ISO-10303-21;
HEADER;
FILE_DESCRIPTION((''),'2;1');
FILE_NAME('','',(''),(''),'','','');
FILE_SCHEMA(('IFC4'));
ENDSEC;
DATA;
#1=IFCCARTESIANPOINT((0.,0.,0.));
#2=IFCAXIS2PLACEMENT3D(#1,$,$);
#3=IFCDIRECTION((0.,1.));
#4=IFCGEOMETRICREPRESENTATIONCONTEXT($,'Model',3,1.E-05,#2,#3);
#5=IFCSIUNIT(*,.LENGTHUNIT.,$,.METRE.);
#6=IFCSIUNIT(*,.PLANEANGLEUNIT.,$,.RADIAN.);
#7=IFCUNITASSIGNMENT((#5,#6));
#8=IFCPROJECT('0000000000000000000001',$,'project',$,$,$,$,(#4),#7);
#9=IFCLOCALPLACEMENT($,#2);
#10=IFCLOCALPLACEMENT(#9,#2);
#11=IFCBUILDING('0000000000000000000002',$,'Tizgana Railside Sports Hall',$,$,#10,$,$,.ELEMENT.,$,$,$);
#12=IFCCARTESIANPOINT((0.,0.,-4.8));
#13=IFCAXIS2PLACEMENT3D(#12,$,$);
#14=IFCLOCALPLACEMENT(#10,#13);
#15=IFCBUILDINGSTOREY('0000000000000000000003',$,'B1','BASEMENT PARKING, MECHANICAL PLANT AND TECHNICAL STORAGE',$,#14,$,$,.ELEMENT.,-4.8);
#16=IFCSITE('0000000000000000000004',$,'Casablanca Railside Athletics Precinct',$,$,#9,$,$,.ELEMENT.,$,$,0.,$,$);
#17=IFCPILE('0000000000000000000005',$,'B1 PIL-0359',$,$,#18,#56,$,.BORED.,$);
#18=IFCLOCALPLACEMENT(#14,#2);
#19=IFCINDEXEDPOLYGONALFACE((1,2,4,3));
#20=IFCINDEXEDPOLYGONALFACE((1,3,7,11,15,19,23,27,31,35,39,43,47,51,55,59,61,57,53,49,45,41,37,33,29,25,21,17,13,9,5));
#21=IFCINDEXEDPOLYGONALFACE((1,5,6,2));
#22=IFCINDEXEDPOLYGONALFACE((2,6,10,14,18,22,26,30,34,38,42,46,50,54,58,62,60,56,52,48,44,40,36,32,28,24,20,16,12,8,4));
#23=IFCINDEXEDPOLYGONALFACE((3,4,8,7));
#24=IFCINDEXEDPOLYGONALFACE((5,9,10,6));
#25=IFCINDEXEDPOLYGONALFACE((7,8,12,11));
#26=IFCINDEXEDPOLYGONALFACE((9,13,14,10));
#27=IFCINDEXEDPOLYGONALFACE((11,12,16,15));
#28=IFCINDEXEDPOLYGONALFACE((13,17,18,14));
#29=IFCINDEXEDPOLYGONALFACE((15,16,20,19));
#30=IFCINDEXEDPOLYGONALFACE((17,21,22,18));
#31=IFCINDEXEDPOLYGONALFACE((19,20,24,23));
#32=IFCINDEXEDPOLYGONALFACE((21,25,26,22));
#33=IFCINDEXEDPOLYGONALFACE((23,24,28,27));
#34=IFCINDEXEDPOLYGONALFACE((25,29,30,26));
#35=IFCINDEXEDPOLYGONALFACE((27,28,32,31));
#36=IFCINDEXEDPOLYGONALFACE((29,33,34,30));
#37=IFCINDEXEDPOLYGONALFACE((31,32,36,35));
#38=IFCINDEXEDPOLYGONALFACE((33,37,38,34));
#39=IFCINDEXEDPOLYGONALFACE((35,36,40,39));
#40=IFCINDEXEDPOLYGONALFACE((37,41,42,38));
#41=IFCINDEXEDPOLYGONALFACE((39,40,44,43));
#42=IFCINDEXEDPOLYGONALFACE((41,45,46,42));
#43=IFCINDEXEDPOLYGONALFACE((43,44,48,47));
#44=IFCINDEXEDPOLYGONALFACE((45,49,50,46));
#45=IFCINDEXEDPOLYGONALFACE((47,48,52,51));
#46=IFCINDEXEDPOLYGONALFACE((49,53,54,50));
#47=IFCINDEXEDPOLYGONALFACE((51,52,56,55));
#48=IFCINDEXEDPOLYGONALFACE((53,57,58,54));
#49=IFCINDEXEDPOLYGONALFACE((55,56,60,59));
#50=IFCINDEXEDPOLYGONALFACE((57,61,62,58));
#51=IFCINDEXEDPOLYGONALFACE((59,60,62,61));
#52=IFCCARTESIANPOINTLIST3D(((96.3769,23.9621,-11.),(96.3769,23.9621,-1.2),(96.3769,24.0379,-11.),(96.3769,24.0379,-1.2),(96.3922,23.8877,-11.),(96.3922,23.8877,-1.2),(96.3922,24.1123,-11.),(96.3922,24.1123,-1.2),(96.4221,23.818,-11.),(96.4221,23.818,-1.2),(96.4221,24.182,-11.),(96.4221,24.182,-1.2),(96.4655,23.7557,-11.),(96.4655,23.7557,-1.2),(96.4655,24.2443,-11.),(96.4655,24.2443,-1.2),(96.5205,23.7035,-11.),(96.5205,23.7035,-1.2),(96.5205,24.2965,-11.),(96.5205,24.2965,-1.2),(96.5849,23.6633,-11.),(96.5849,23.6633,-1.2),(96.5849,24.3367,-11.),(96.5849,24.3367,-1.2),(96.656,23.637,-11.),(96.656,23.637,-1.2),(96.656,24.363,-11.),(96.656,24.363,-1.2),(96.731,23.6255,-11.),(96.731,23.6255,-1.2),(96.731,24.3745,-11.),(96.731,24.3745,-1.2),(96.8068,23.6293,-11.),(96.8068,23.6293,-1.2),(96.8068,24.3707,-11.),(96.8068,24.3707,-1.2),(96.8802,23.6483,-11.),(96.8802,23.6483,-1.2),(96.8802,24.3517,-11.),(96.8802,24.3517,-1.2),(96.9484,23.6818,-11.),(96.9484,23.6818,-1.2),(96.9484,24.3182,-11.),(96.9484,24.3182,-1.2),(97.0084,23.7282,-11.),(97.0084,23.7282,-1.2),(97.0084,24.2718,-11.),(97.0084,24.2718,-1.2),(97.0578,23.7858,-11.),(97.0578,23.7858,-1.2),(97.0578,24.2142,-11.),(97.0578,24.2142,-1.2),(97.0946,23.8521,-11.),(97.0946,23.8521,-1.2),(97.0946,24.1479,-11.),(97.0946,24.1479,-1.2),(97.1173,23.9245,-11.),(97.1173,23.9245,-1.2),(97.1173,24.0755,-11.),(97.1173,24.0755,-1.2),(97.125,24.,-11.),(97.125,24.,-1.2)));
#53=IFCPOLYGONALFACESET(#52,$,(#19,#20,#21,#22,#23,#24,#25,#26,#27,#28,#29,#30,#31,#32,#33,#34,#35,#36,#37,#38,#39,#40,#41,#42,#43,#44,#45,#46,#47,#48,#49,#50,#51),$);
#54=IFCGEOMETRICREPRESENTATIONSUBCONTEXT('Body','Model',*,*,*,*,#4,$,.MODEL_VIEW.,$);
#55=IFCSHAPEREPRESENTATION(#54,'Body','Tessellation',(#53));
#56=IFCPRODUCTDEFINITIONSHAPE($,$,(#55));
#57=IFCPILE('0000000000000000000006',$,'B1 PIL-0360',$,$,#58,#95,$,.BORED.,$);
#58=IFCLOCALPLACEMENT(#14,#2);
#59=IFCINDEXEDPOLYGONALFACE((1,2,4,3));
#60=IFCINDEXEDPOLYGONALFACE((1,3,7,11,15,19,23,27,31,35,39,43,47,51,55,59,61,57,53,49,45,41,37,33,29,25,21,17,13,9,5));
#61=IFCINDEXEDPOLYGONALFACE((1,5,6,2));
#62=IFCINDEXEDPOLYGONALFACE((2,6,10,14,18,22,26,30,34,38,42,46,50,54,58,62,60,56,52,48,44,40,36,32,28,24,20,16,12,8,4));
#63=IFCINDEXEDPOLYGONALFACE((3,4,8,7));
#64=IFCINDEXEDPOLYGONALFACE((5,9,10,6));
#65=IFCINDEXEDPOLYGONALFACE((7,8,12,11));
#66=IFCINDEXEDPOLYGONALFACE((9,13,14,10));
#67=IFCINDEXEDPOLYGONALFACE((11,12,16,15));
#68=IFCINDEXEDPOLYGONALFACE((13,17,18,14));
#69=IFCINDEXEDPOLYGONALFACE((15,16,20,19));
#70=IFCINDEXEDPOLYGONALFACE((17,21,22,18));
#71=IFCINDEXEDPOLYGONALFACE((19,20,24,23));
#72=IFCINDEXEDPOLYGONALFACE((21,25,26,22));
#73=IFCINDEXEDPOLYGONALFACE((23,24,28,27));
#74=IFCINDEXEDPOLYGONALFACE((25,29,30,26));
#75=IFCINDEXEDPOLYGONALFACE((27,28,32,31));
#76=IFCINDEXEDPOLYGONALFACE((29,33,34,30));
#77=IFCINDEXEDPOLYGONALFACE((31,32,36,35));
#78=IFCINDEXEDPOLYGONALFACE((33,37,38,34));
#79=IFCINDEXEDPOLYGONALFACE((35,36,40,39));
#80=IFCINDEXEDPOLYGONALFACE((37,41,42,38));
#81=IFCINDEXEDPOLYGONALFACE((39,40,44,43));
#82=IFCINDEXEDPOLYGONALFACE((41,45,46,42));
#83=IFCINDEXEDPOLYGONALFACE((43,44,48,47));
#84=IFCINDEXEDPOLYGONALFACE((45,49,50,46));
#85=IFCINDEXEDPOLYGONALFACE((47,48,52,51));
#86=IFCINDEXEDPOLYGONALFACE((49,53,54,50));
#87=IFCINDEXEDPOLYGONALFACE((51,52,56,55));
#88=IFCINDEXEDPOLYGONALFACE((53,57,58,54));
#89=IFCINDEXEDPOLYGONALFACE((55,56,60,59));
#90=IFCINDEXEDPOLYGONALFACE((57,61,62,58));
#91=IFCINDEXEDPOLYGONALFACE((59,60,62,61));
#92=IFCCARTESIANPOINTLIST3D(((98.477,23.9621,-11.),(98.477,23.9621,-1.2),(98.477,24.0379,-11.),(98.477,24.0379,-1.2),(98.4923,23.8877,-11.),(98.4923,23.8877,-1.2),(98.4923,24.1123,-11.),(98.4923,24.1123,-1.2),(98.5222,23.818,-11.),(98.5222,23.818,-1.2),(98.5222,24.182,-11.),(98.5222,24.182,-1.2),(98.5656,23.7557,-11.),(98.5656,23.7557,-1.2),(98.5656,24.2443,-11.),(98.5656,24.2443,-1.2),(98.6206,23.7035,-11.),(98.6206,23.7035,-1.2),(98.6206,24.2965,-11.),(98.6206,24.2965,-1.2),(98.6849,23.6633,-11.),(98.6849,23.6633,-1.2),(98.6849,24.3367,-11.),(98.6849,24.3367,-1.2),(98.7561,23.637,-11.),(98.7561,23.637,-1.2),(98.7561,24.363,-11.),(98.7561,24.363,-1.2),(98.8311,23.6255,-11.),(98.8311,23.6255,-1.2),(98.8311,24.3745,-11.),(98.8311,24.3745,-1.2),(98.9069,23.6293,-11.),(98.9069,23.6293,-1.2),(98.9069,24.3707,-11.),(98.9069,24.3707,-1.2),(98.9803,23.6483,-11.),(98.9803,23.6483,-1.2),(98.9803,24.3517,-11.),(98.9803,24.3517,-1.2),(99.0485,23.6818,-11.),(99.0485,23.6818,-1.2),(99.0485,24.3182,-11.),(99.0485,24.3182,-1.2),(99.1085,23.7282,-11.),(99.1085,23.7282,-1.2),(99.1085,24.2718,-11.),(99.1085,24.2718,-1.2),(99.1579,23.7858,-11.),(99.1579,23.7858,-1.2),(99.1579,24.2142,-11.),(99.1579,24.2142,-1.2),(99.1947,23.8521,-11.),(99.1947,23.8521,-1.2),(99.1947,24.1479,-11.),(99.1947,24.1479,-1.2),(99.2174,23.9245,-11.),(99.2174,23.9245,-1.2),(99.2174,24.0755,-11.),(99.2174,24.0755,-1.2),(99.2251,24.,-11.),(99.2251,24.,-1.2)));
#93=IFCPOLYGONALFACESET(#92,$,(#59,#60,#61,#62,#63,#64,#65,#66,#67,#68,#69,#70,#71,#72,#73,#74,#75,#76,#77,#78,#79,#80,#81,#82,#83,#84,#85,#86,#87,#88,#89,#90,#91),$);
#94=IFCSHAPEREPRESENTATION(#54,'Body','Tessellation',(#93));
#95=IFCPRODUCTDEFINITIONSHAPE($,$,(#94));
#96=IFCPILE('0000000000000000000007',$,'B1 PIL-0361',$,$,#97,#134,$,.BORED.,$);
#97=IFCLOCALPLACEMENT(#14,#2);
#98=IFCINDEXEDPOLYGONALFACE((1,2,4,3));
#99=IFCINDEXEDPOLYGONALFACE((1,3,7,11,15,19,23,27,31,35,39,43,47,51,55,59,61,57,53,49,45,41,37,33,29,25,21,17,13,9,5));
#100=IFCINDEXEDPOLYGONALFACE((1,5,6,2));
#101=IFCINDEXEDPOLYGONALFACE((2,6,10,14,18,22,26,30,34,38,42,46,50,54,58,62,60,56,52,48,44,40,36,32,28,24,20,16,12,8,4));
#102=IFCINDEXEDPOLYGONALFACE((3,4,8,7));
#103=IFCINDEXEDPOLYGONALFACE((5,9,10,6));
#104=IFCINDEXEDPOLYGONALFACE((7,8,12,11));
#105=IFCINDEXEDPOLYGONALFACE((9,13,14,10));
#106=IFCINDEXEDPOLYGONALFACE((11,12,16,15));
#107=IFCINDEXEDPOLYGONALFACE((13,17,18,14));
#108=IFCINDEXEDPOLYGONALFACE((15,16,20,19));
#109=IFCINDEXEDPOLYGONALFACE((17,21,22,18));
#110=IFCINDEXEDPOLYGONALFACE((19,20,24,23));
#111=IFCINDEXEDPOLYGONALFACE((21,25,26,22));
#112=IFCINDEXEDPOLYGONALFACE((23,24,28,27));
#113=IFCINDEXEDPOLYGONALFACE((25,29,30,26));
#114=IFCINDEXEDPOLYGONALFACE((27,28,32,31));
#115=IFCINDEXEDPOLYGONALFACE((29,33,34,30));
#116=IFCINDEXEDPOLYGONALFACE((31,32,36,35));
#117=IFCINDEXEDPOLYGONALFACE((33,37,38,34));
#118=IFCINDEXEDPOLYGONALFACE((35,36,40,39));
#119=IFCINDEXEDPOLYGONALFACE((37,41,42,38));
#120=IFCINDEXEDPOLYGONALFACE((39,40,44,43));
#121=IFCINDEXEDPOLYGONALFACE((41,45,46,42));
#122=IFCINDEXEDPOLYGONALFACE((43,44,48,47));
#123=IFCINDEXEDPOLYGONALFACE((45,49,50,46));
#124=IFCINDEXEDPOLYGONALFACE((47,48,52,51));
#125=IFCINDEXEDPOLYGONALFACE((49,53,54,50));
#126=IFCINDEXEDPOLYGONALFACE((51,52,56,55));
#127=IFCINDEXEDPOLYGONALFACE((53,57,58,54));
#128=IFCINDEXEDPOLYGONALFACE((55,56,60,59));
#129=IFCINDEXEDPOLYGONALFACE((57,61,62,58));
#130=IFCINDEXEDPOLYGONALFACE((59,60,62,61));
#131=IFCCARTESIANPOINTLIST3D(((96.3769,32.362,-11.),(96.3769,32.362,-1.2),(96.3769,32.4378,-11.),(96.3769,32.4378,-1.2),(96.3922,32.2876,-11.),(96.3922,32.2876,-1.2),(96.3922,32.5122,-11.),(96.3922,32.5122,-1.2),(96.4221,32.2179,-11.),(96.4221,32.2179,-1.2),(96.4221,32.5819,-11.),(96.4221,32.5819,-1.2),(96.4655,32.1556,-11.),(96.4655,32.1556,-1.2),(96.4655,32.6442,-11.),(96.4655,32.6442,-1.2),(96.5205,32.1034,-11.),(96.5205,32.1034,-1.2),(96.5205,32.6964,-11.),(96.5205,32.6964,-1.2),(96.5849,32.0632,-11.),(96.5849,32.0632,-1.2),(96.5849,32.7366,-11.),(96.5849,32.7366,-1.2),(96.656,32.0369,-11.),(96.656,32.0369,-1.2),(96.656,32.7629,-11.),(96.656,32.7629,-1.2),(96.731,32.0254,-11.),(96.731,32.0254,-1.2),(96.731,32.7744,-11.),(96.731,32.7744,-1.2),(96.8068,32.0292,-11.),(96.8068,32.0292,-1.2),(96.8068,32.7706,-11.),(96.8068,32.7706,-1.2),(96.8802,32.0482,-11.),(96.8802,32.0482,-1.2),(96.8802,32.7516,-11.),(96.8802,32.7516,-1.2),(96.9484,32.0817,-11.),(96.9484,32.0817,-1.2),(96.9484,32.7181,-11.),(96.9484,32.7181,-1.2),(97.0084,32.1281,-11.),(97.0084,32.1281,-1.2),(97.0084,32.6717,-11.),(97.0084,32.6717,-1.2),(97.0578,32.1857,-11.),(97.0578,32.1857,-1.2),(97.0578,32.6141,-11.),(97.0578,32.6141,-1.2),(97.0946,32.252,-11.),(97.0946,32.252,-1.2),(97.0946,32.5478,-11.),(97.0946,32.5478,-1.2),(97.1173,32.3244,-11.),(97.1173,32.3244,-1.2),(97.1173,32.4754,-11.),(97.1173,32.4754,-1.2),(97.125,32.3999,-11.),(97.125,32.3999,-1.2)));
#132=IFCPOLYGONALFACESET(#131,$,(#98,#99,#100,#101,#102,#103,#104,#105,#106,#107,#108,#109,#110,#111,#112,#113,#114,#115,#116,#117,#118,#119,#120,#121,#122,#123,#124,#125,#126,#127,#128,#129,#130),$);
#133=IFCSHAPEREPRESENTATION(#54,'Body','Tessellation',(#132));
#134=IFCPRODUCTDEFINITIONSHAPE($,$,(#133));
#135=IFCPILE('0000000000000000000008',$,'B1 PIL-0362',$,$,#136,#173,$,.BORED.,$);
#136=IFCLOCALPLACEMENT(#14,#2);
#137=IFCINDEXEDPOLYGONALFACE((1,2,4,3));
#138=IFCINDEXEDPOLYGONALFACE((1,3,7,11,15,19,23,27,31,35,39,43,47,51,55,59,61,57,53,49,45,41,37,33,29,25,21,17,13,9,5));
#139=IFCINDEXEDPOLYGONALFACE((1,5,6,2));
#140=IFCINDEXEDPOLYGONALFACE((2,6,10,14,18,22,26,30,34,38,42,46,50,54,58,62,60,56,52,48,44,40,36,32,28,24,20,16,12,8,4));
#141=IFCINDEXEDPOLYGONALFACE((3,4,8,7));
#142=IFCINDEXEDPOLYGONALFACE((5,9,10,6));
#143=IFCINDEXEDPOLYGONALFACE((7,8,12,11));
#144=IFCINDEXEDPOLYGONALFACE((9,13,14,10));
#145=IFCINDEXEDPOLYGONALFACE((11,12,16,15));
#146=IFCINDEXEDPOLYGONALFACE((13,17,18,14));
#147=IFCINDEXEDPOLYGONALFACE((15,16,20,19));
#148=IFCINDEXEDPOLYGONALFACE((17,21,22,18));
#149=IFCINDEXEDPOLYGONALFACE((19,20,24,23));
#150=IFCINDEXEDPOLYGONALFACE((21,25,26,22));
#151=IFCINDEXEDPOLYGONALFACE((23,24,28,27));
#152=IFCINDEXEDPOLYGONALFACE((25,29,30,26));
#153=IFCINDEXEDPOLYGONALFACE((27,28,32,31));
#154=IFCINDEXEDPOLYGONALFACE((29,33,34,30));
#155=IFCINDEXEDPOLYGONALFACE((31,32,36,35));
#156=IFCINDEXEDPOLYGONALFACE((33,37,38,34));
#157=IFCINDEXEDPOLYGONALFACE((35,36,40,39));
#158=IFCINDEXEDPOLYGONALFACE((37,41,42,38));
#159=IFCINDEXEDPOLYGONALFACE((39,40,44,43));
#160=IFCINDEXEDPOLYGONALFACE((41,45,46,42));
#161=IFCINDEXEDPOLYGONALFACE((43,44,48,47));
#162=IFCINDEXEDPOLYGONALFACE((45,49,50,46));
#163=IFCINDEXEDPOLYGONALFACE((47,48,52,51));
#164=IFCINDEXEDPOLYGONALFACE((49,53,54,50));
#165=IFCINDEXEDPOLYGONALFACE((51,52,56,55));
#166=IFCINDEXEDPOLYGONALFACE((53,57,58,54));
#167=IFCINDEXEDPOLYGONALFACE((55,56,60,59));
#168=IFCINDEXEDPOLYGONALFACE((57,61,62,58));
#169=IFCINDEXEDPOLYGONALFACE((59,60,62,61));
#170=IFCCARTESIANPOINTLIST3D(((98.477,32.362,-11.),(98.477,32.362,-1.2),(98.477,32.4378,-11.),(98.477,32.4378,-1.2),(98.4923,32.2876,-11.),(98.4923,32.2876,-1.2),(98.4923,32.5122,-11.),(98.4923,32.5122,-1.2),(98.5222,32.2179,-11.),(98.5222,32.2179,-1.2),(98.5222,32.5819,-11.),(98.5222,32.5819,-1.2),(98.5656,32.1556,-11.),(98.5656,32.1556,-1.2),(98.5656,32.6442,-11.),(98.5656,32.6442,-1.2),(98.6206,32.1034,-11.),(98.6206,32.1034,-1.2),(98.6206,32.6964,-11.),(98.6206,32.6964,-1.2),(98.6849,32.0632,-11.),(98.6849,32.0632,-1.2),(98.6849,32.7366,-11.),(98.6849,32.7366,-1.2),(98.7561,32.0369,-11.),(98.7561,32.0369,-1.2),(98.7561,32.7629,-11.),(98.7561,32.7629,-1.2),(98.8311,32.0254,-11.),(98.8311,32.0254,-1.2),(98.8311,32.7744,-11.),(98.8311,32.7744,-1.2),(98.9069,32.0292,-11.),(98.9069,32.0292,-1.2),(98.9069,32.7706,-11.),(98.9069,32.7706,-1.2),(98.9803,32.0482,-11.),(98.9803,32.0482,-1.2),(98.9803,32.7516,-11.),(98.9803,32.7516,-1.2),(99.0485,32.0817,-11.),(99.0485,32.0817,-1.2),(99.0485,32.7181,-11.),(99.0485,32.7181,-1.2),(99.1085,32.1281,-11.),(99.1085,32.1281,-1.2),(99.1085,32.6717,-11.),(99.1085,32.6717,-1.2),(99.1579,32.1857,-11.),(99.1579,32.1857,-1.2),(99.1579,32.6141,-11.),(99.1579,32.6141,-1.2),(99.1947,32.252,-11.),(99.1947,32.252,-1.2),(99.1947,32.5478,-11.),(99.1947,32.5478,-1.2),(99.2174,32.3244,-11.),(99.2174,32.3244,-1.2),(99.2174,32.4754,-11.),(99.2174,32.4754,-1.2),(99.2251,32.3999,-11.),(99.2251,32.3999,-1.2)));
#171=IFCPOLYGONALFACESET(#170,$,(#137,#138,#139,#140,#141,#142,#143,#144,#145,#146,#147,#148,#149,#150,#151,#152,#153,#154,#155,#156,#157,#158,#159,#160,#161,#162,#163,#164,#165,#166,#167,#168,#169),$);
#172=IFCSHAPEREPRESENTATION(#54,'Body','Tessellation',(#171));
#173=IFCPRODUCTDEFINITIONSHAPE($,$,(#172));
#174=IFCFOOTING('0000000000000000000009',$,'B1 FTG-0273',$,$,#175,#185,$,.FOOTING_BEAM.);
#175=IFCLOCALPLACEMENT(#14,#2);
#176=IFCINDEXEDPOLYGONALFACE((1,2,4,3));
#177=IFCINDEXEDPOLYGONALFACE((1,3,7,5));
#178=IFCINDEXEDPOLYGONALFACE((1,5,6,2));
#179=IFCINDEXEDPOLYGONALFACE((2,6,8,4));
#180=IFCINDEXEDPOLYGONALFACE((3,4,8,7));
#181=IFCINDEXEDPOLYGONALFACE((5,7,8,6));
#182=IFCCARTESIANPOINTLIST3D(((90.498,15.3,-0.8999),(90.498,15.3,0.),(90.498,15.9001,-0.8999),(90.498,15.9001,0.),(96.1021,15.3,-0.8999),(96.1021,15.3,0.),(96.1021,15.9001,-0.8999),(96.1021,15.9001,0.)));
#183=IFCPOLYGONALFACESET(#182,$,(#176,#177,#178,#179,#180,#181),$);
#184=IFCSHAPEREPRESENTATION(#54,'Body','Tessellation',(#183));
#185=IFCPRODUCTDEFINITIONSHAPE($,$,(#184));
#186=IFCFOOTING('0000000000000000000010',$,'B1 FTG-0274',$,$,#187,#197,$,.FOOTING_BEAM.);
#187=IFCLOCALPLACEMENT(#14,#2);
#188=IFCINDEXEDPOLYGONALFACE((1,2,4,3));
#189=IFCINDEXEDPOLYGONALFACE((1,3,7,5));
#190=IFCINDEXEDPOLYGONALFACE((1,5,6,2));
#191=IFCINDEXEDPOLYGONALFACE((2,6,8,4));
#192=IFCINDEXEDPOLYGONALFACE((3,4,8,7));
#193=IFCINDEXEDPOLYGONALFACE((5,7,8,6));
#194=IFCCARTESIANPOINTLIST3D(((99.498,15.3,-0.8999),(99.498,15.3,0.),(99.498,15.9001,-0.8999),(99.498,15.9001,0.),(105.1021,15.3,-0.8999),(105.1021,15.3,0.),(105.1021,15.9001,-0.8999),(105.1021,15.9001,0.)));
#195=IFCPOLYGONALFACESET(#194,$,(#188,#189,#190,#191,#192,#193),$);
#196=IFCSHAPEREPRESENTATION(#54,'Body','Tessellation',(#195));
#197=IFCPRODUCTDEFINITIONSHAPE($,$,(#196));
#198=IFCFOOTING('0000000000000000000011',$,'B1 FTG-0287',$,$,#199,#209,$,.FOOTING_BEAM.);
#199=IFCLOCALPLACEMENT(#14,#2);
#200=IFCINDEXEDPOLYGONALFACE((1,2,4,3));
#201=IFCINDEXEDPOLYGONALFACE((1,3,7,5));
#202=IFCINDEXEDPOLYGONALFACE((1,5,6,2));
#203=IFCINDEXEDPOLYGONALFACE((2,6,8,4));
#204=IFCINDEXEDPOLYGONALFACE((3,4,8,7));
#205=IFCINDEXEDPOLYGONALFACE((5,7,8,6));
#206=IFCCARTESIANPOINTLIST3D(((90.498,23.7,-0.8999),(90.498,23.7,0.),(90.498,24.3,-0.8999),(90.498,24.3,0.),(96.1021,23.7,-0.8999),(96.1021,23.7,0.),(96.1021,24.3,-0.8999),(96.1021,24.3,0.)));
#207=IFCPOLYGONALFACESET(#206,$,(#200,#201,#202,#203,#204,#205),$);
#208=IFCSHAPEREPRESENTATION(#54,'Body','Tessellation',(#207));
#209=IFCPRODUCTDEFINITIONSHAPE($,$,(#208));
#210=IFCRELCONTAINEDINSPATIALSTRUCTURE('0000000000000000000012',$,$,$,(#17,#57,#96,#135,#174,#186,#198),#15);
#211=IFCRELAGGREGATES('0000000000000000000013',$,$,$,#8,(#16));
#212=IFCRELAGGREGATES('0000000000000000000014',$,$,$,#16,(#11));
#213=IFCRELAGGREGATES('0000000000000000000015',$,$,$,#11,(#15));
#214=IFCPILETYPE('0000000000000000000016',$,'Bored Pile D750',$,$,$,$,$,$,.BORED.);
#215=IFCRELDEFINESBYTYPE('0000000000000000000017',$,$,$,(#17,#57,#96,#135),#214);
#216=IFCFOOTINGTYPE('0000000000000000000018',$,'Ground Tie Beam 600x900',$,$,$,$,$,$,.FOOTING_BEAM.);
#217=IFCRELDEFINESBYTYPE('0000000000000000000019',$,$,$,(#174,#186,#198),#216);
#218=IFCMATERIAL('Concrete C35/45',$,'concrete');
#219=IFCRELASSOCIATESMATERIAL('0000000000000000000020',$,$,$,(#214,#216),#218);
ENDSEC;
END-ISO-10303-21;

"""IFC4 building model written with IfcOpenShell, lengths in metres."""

from ifc_helpers import new_model, si_unit, direction, frame, origin, origin_2d, place, context, subcontext, project, spatial, rectangle, circle, extrude, material, material_profile, profile_set, type_object, element, save


model = new_model("IFC4")

# Units and contexts
model_context = context("Model", 3, precision=1e-05, world=origin(), true_north=direction((0.0, 1.0)))
body_context = subcontext(model_context, "Body", "Model", "MODEL_VIEW")
ifc_project = project(units=[si_unit("LENGTHUNIT", "METRE"), si_unit("PLANEANGLEUNIT", "RADIAN")], contexts=[model_context])

# Site, building, storey
site_placement = place(None, origin())
site = spatial("IfcSite", under=ifc_project, at=site_placement, Name="Casablanca Railside Athletics Precinct", CompositionType="ELEMENT", RefElevation=0.0)
building_placement = place(site_placement, origin())
building = spatial("IfcBuilding", under=site, at=building_placement, Name="Tizgana Railside Sports Hall", CompositionType="ELEMENT")
storey_placement = place(building_placement, frame((0.0, 0.0, -4.8)))
storey = spatial("IfcBuildingStorey", under=building, at=storey_placement, Name="B1", Description="BASEMENT PARKING, MECHANICAL PLANT AND TECHNICAL STORAGE", CompositionType="ELEMENT", Elevation=-4.8)

# Piles
ifc_material_1 = material(Name="Concrete C35/45", Category="concrete")
ifc_material_profile_1 = material_profile(ifc_material_1, circle(Radius=0.375, at=origin_2d()), Name="PILE D750")
ifc_profile_set_1 = profile_set([ifc_material_profile_1], Name="Concrete C35/45")
pile_type = type_object("IfcPileType", Name="Bored Pile D750", PredefinedType="BORED", material=ifc_profile_set_1)
for number, where, z_axis, x_axis, name in (
    (1, (96.75, 24.0, -1.2), (0.0, 0.0, -1.0), (1.0, 0.0, 0.0), "B1 PIL-0359"),
    (2, (98.8501, 24.0, -1.2), (0.0, 0.0, -1.0), (1.0, 0.0, 0.0), "B1 PIL-0360"),
    (3, (96.75, 32.3999, -1.2), (0.0, 0.0, -1.0), (1.0, 0.0, 0.0), "B1 PIL-0361"),
    (4, (98.8501, 32.3999, -1.2), (0.0, 0.0, -1.0), (1.0, 0.0, 0.0), "B1 PIL-0362"),
):
    element("IfcPile", number, at=place(storey_placement, frame(where, z_axis=z_axis, x_axis=x_axis)), inside=storey, type_object=pile_type, Name=name, PredefinedType="BORED", context=body_context, shape_type="SweptSolid", body=[
        extrude(circle(Radius=0.375, at=origin_2d()), origin(), (0.0, 0.0, 1.0), 9.8),
    ])

# Footings
footing_type_1 = type_object("IfcFootingType", Name="Ground Tie Beam 600x900", PredefinedType="FOOTING_BEAM", material=ifc_material_1)
for number, where, z_axis, x_axis, name in (
    (5, (93.3, 15.6001, -0.8999), (0.0, 0.0, 1.0), (1.0, 0.0, 0.0), "B1 FTG-0273"),
    (6, (102.3, 15.6001, -0.8999), (0.0, 0.0, 1.0), (1.0, 0.0, 0.0), "B1 FTG-0274"),
    (7, (93.3, 24.0, -0.8999), (0.0, 0.0, 1.0), (1.0, 0.0, 0.0), "B1 FTG-0287"),
):
    element("IfcFooting", number, at=place(storey_placement, frame(where, z_axis=z_axis, x_axis=x_axis)), inside=storey, type_object=footing_type_1, Name=name, PredefinedType="FOOTING_BEAM", context=body_context, shape_type="SweptSolid", body=[
        extrude(rectangle(XDim=5.604, YDim=0.6001, at=origin_2d()), origin(), (0.0, 0.0, 1.0), 0.8999),
    ])

save(model, "model.ifc")
